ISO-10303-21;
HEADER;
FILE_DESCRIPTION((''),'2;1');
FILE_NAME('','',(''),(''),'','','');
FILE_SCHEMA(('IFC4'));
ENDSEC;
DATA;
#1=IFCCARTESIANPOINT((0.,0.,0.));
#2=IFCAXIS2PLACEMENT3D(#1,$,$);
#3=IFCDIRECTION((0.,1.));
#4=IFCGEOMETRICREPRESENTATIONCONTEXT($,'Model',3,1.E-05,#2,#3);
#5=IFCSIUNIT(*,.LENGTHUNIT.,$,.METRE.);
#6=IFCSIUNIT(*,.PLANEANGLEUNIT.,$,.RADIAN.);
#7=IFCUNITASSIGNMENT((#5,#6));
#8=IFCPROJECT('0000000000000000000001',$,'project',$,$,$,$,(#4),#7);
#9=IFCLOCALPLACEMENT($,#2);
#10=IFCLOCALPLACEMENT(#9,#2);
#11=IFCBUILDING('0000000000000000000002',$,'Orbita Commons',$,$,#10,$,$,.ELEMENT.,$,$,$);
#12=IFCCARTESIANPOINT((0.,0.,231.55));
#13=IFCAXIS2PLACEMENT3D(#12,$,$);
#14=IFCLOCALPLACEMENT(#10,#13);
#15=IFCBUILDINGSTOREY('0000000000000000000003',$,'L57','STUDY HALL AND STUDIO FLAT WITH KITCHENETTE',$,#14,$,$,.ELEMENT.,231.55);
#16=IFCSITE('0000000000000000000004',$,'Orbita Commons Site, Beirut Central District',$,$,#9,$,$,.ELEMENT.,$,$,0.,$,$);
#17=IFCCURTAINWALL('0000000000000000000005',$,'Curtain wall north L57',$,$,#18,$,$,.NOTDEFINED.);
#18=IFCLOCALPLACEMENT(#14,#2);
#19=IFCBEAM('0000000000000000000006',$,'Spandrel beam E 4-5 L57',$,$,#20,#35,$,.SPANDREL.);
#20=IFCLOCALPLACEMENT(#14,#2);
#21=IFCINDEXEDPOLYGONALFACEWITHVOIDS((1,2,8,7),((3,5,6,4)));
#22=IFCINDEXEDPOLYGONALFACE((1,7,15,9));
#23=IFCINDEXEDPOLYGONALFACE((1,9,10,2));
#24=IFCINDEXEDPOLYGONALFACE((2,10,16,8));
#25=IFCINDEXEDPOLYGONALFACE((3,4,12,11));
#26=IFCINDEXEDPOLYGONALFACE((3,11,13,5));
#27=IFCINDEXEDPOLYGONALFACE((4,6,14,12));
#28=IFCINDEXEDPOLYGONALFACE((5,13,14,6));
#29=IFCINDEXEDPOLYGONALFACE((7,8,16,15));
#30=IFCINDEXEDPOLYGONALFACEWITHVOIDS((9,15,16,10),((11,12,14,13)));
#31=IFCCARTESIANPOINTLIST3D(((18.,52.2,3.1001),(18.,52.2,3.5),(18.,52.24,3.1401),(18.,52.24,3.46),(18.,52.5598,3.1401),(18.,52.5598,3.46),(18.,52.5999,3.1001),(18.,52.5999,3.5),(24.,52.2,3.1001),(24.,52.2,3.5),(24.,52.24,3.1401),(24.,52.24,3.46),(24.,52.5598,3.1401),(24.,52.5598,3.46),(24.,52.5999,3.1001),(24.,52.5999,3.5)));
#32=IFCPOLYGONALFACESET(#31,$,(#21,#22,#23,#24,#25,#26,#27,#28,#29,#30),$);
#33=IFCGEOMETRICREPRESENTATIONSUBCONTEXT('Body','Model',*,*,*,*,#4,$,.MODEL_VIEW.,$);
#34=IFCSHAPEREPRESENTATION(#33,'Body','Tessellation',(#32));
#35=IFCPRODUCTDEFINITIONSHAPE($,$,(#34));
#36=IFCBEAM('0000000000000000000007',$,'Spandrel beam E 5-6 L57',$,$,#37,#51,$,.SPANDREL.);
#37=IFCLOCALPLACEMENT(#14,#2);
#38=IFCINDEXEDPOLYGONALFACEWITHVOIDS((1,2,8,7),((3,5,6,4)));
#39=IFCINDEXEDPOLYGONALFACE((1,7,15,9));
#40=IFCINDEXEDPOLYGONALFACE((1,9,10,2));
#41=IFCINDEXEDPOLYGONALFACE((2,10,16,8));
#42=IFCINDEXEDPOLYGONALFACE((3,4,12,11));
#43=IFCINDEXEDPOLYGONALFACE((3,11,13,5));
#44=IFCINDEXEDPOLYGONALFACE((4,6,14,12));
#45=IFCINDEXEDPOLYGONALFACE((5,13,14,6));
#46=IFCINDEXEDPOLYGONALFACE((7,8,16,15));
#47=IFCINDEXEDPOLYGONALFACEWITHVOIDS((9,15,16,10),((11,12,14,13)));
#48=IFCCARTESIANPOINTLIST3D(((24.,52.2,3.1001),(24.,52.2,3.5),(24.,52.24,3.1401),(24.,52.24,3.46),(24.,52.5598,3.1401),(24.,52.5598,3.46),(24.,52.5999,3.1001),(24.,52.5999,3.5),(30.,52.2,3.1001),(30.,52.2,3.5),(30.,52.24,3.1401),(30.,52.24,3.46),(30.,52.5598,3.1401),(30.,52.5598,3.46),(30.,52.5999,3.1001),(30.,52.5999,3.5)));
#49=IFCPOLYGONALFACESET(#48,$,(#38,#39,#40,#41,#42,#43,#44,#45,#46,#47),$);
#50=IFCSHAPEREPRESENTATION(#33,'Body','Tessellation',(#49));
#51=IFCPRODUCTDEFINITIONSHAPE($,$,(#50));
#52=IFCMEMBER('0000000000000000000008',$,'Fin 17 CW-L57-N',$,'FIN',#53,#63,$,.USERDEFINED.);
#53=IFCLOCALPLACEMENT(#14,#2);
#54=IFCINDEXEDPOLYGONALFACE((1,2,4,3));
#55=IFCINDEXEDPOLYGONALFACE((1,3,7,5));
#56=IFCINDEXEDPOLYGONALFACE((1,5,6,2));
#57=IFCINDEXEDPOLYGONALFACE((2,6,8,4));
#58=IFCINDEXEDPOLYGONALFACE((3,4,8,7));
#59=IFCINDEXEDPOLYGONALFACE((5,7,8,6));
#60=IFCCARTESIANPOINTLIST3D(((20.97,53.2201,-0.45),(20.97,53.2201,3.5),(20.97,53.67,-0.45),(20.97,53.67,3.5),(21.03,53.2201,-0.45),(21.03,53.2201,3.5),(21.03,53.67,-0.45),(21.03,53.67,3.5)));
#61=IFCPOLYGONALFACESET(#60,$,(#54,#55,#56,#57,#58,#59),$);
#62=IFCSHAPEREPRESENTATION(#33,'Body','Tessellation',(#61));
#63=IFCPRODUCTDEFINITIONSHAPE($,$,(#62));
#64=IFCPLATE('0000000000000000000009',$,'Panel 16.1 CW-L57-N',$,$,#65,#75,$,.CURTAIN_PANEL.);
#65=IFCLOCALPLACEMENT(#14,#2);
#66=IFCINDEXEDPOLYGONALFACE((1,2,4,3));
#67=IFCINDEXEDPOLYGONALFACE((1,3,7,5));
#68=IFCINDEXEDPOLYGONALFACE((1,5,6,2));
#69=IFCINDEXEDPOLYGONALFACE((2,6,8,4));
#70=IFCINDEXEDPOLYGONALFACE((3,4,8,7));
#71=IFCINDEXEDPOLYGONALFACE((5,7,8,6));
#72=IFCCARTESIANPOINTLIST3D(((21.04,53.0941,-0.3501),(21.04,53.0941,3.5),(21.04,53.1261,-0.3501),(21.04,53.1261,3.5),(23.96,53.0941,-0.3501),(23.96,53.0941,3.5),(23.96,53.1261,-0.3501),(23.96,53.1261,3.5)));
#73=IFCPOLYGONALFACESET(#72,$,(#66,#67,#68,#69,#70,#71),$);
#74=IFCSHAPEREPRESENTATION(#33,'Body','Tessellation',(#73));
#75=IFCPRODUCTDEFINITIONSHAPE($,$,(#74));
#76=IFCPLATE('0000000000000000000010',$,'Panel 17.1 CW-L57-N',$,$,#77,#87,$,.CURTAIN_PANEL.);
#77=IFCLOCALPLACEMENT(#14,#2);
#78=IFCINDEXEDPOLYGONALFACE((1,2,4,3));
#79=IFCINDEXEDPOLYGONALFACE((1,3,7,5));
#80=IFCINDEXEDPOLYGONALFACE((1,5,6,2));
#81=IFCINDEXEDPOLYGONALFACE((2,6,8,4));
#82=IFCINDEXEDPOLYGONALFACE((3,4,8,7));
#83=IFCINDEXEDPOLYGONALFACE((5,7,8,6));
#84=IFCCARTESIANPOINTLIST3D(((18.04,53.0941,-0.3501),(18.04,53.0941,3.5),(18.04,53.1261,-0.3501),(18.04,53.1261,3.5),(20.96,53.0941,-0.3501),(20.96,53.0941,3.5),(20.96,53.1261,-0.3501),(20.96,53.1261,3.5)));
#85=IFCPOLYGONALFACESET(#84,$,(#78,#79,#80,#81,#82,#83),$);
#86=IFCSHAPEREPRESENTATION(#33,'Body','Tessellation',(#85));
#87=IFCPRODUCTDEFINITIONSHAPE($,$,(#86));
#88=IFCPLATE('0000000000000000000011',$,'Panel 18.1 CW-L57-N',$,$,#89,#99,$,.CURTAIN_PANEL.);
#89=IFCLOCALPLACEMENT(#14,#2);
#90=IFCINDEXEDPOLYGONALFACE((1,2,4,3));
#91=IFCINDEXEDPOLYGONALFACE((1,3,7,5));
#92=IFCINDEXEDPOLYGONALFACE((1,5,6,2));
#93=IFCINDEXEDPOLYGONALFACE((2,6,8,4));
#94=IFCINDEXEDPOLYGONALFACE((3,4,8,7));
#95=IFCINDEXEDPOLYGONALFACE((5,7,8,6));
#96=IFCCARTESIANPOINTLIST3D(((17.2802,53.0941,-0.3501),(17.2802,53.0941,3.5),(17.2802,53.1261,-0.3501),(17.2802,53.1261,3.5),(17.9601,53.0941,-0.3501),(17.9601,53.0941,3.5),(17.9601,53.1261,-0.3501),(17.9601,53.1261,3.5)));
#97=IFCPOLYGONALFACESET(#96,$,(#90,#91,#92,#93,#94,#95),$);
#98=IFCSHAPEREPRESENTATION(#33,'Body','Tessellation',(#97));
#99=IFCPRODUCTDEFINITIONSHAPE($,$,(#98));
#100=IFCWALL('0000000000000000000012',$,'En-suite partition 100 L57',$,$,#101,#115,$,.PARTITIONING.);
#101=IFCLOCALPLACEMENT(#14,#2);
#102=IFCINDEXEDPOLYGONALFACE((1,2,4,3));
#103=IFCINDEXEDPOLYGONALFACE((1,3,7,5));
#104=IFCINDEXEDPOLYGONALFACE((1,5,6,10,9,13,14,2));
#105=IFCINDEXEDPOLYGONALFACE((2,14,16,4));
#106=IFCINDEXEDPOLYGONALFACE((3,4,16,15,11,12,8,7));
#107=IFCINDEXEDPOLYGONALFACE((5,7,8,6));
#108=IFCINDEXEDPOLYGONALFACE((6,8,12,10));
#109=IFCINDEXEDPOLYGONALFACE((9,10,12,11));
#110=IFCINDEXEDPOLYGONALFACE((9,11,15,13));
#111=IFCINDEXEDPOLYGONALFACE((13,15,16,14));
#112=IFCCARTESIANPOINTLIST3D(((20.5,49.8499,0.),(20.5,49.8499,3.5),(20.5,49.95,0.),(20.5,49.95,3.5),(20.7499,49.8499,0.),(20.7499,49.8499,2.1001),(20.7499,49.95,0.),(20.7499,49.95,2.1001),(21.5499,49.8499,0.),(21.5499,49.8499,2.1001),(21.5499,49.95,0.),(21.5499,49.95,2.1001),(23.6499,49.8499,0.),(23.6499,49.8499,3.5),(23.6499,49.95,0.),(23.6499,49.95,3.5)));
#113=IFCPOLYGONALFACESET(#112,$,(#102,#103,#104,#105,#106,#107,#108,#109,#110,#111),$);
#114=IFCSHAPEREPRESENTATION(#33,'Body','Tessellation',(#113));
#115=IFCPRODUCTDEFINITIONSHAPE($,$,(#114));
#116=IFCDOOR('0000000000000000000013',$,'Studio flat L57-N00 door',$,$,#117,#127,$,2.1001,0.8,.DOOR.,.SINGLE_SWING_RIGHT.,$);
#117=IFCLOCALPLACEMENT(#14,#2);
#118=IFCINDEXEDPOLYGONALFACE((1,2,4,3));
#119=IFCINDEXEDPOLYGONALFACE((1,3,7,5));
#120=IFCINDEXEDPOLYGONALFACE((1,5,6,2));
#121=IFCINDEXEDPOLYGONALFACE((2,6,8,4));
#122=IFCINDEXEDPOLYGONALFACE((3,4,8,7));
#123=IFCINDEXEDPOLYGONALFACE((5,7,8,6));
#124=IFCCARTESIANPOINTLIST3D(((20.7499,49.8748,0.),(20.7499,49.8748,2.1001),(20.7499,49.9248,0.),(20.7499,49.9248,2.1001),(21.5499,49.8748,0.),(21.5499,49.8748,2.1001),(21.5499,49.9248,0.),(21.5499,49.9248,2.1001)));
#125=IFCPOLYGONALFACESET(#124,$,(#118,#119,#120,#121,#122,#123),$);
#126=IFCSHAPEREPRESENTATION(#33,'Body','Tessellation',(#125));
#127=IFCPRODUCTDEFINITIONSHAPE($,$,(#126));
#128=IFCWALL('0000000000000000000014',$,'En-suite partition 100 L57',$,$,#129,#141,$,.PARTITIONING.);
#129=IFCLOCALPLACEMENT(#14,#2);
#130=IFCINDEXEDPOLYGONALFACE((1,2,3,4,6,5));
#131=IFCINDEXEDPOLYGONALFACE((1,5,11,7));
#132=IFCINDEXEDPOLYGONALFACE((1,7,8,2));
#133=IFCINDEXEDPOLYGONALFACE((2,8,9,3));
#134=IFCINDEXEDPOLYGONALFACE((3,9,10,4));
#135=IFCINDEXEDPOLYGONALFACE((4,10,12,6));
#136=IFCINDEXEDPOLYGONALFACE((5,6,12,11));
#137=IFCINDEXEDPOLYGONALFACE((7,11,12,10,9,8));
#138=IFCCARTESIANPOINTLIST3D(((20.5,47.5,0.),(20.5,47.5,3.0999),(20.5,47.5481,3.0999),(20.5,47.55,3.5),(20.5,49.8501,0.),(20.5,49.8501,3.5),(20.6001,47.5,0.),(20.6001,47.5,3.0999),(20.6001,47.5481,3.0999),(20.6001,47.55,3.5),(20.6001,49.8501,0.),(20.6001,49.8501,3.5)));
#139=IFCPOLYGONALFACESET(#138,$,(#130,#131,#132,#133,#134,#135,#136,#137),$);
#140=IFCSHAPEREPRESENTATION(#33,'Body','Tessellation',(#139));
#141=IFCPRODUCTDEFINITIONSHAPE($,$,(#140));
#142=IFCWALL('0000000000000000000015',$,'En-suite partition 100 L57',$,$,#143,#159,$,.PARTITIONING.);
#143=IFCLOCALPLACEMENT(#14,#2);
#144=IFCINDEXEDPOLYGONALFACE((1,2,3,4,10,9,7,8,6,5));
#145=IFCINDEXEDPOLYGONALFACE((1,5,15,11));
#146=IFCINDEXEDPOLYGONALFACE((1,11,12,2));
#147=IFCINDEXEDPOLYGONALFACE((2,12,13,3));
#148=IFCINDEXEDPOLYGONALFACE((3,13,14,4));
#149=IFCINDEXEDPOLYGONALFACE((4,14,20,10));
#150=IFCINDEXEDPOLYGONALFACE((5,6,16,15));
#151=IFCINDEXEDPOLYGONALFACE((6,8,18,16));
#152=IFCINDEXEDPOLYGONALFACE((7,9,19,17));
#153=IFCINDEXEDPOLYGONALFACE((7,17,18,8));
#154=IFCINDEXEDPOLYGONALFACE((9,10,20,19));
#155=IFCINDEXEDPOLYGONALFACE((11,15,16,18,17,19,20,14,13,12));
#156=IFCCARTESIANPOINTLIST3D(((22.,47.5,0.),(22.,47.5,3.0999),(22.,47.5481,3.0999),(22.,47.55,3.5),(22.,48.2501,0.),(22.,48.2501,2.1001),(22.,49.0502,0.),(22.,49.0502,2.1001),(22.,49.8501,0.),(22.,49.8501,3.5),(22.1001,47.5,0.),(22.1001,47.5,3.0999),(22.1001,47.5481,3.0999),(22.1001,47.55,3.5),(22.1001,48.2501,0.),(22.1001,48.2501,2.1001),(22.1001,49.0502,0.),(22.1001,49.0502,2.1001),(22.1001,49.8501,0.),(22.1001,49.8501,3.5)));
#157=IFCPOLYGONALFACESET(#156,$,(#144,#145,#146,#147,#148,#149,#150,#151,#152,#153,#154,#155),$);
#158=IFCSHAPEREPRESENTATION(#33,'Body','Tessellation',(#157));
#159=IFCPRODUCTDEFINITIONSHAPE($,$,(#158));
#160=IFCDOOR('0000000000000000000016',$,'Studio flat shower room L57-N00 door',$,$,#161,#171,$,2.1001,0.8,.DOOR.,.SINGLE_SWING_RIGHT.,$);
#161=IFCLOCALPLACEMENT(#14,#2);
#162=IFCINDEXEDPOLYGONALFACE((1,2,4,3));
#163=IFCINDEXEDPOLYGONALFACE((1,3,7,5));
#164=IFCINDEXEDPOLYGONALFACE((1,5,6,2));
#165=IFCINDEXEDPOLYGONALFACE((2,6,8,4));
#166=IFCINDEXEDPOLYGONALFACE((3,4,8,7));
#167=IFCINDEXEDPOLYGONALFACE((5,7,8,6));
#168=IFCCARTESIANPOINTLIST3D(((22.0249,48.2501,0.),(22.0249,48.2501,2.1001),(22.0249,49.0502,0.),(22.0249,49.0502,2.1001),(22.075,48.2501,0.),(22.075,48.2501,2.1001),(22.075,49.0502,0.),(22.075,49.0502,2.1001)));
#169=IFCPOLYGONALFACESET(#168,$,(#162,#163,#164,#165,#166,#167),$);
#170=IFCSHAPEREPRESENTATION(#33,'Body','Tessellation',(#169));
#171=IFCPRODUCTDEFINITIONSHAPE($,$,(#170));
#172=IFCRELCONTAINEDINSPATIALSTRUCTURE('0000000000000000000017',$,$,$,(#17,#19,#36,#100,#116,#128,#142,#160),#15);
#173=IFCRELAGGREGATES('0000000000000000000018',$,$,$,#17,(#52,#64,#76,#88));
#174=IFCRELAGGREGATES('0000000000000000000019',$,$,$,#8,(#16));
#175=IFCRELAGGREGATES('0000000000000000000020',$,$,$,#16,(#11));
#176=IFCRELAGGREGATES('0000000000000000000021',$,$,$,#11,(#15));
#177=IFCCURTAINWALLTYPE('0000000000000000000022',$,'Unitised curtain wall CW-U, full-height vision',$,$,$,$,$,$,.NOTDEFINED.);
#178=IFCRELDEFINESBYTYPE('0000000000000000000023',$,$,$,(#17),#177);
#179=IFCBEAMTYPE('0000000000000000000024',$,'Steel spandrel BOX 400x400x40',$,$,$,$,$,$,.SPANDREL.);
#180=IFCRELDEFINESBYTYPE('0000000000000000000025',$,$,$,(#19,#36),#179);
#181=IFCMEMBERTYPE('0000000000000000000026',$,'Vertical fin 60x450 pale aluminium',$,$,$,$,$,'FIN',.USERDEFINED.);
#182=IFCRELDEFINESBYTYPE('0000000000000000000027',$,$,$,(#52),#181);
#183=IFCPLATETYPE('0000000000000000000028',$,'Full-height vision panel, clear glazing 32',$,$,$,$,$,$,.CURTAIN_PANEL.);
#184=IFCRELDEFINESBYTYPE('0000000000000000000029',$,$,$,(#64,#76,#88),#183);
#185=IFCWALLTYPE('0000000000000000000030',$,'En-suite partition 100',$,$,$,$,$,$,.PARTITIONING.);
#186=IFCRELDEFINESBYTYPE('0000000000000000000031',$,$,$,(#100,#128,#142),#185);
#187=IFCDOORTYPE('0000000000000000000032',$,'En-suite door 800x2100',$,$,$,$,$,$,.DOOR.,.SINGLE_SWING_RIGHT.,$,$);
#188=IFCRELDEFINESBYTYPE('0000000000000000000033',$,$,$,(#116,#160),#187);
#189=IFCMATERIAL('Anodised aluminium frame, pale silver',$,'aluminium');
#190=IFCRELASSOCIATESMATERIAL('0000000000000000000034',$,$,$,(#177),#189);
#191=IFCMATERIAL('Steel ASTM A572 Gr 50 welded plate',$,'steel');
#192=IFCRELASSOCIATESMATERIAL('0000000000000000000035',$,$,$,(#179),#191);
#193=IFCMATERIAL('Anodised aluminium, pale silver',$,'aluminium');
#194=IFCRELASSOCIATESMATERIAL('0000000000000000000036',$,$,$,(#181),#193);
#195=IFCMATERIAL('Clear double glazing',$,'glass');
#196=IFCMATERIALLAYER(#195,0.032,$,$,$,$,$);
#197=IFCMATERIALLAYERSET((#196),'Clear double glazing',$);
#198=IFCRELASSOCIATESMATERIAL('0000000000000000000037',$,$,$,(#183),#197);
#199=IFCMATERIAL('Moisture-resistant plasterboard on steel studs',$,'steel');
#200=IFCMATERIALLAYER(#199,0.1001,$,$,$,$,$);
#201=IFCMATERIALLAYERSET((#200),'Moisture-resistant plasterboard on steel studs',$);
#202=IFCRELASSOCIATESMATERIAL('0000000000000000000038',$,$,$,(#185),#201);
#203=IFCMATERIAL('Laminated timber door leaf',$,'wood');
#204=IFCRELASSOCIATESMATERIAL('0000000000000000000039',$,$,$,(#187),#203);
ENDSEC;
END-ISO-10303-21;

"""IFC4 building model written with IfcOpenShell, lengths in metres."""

from ifc_helpers import new_model, si_unit, direction, frame, frame_2d, origin, origin_2d, place, context, subcontext, project, spatial, polyline, rectangle, hollow_rectangle, outline, extrude, material, layer, layer_set, material_profile, profile_set, type_object, element, fill, aggregate, save


model = new_model("IFC4")

# Units and contexts
model_context = context("Model", 3, precision=1e-05, world=origin(), true_north=direction((0.0, 1.0)))
body_context = subcontext(model_context, "Body", "Model", "MODEL_VIEW")
ifc_project = project(units=[si_unit("LENGTHUNIT", "METRE"), si_unit("PLANEANGLEUNIT", "RADIAN")], contexts=[model_context])

# Site, building, storey
site_placement = place(None, origin())
site = spatial("IfcSite", under=ifc_project, at=site_placement, Name="Orbita Commons Site, Beirut Central District", CompositionType="ELEMENT", RefElevation=0.0)
building_placement = place(site_placement, origin())
building = spatial("IfcBuilding", under=site, at=building_placement, Name="Orbita Commons", CompositionType="ELEMENT")
storey_placement = place(building_placement, frame((0.0, 0.0, 231.55)))
storey = spatial("IfcBuildingStorey", under=building, at=storey_placement, Name="L57", Description="STUDY HALL AND STUDIO FLAT WITH KITCHENETTE", CompositionType="ELEMENT", Elevation=231.55)

# Curtain wall
ifc_material_1 = material(Name="Anodised aluminium frame, pale silver", Category="aluminium")
curtain_wall_type = type_object("IfcCurtainWallType", Name="Unitised curtain wall CW-U, full-height vision", PredefinedType="NOTDEFINED", material=ifc_material_1)
curtain_wall_placement = place(storey_placement, origin())
curtain_wall = element("IfcCurtainWall", 1, at=curtain_wall_placement, inside=storey, type_object=curtain_wall_type, Name="Curtain wall north L57", PredefinedType="NOTDEFINED")

# Beams
ifc_material_2 = material(Name="Steel ASTM A572 Gr 50 welded plate", Category="steel")
ifc_material_profile_1 = material_profile(ifc_material_2, hollow_rectangle(XDim=0.3999, YDim=0.3999, WallThickness=0.04, at=origin_2d()), Name="BOX 400x400x40")
ifc_profile_set_1 = profile_set([ifc_material_profile_1], Name="Steel ASTM A572 Gr 50 welded plate")
beam_type_1 = type_object("IfcBeamType", Name="Steel spandrel BOX 400x400x40", PredefinedType="SPANDREL", material=ifc_profile_set_1)
for number, where, z_axis, x_axis, name in (
    (2, (18.0, 52.3999, 3.3), (1.0, 0.0, 0.0), (0.0, 1.0, 0.0), "Spandrel beam E 4-5 L57"),
    (3, (24.0, 52.3999, 3.3), (1.0, 0.0, 0.0), (0.0, 1.0, 0.0), "Spandrel beam E 5-6 L57"),
):
    element("IfcBeam", number, at=place(storey_placement, frame(where, z_axis=z_axis, x_axis=x_axis)), inside=storey, type_object=beam_type_1, Name=name, PredefinedType="SPANDREL", context=body_context, shape_type="SweptSolid", body=[
        extrude(hollow_rectangle(XDim=0.3999, YDim=0.3999, WallThickness=0.04, at=origin_2d()), origin(), (0.0, 0.0, 1.0), 6.0),
    ])

# Member
ifc_material_3 = material(Name="Anodised aluminium, pale silver", Category="aluminium")
ifc_material_profile_2 = material_profile(ifc_material_3, rectangle(XDim=0.0601, YDim=0.45, at=origin_2d()), Name="FIN 60x450")
ifc_profile_set_2 = profile_set([ifc_material_profile_2], Name="Anodised aluminium, pale silver")
member_type_1 = type_object("IfcMemberType", Name="Vertical fin 60x450 pale aluminium", ElementType="FIN", PredefinedType="USERDEFINED", material=ifc_profile_set_2)
member_1_placement = place(storey_placement, frame((21.0, 53.4451, -0.45), z_axis=(0.0, 0.0, 1.0), x_axis=(-1.0, 0.0, 0.0)))
member_1 = element("IfcMember", 4, at=member_1_placement, type_object=member_type_1, Name="Fin 17 CW-L57-N", ObjectType="FIN", PredefinedType="USERDEFINED", context=body_context, shape_type="SweptSolid", body=[
    extrude(rectangle(XDim=0.0601, YDim=0.45, at=origin_2d()), origin(), (0.0, 0.0, 1.0), 3.95),
])

# Plates
ifc_material_4 = material(Name="Clear double glazing", Category="glass")
ifc_layer_1 = layer(ifc_material_4, 0.032)
ifc_layer_set_1 = layer_set([ifc_layer_1], Name="Clear double glazing")
plate_type = type_object("IfcPlateType", Name="Full-height vision panel, clear glazing 32", PredefinedType="CURTAIN_PANEL", material=ifc_layer_set_1)
plate_1_placement = place(storey_placement, frame((22.5, 53.1101, -0.3501), z_axis=(0.0, 0.0, 1.0), x_axis=(-1.0, 0.0, 0.0)))
plate_1 = element("IfcPlate", 5, at=plate_1_placement, type_object=plate_type, Name="Panel 16.1 CW-L57-N", PredefinedType="CURTAIN_PANEL", context=body_context, shape_type="SweptSolid", body=[
    extrude(rectangle(XDim=2.9199, YDim=0.032, at=origin_2d()), origin(), (0.0, 0.0, 1.0), 3.8501),
])
plate_2_placement = place(storey_placement, frame((19.5, 53.1101, -0.3501), z_axis=(0.0, 0.0, 1.0), x_axis=(-1.0, 0.0, 0.0)))
plate_2 = element("IfcPlate", 6, at=plate_2_placement, type_object=plate_type, Name="Panel 17.1 CW-L57-N", PredefinedType="CURTAIN_PANEL", context=body_context, shape_type="SweptSolid", body=[
    extrude(rectangle(XDim=2.9199, YDim=0.032, at=origin_2d()), origin(), (0.0, 0.0, 1.0), 3.8501),
])
plate_3_placement = place(storey_placement, frame((17.6201, 53.1101, -0.3501), z_axis=(0.0, 0.0, 1.0), x_axis=(-1.0, 0.0, 0.0)))
plate_3 = element("IfcPlate", 7, at=plate_3_placement, type_object=plate_type, Name="Panel 18.1 CW-L57-N", PredefinedType="CURTAIN_PANEL", context=body_context, shape_type="SweptSolid", body=[
    extrude(rectangle(XDim=0.6799, YDim=0.032, at=origin_2d()), origin(), (0.0, 0.0, 1.0), 3.8501),
])
aggregate(curtain_wall, [member_1, plate_1, plate_2, plate_3])

# Wall, opening, door
ifc_material_5 = material(Name="Moisture-resistant plasterboard on steel studs", Category="steel")
ifc_layer_2 = layer(ifc_material_5, 0.1001)
ifc_layer_set_2 = layer_set([ifc_layer_2], Name="Moisture-resistant plasterboard on steel studs")
wall_type_1 = type_object("IfcWallType", Name="En-suite partition 100", PredefinedType="PARTITIONING", material=ifc_layer_set_2)
wall_1_placement = place(storey_placement, frame((20.5, 49.8999, 0.0), z_axis=(0.0, 0.0, 1.0), x_axis=(1.0, 0.0, 0.0)))
wall_1 = element("IfcWall", 8, at=wall_1_placement, inside=storey, type_object=wall_type_1, Name="En-suite partition 100 L57", PredefinedType="PARTITIONING", context=body_context, shape_type="SweptSolid", body=[
    extrude(rectangle(XDim=3.1499, YDim=0.1001, at=frame_2d((1.575, 0.0))), origin(), (0.0, 0.0, 1.0), 3.5),
])
opening_1_placement = place(wall_1_placement, frame((0.25, 0.0, 0.0)))
opening_1 = element("IfcOpeningElement", 9, at=opening_1_placement, cuts=wall_1, PredefinedType="OPENING", context=body_context, shape_type="SweptSolid", body=[
    extrude(rectangle(XDim=0.8, YDim=2.1001, at=frame_2d((0.3999, 1.05))), frame((0.0, 0.0601, 0.0), z_axis=(0.0, -1.0, 0.0), x_axis=(1.0, 0.0, 0.0)), (0.0, 0.0, 1.0), 0.1201),
])
ifc_material_6 = material(Name="Laminated timber door leaf", Category="wood")
door_type = type_object("IfcDoorType", Name="En-suite door 800x2100", OperationType="SINGLE_SWING_RIGHT", PredefinedType="DOOR", material=ifc_material_6)
door_1_placement = place(opening_1_placement, origin())
door_1 = element("IfcDoor", 10, at=door_1_placement, inside=storey, type_object=door_type, Name="Studio flat L57-N00 door", OperationType="SINGLE_SWING_RIGHT", OverallHeight=2.1001, OverallWidth=0.8, PredefinedType="DOOR", context=body_context, shape_type="SweptSolid", body=[
    extrude(rectangle(XDim=0.8, YDim=2.1001, at=frame_2d((0.3999, 1.05))), frame((0.0, 0.0249, 0.0), z_axis=(0.0, -1.0, 0.0), x_axis=(1.0, 0.0, 0.0)), (0.0, 0.0, 1.0), 0.05),
])
fill(opening_1, door_1)

# Wall
wall_2_placement = place(storey_placement, frame((20.55, 49.8501, 0.0), z_axis=(0.0, 0.0, 1.0), x_axis=(0.0, -1.0, 0.0)))
element("IfcWall", 11, at=wall_2_placement, inside=storey, type_object=wall_type_1, Name="En-suite partition 100 L57", PredefinedType="PARTITIONING", context=body_context, shape_type="SweptSolid", body=[
    extrude(outline(polyline([(0.0, 0.0), (2.3501, 0.0), (2.3501, 3.0999), (2.302, 3.0999), (2.3, 3.5), (0.0, 3.5), (0.0, 0.0)])), frame((0.0, 0.05, 0.0), z_axis=(0.0, -1.0, 0.0), x_axis=(1.0, 0.0, 0.0)), (0.0, 0.0, 1.0), 0.1001),
])

# Wall, opening, door
wall_3_placement = place(storey_placement, frame((22.05, 49.8501, 0.0), z_axis=(0.0, 0.0, 1.0), x_axis=(0.0, -1.0, 0.0)))
wall_3 = element("IfcWall", 12, at=wall_3_placement, inside=storey, type_object=wall_type_1, Name="En-suite partition 100 L57", PredefinedType="PARTITIONING", context=body_context, shape_type="SweptSolid", body=[
    extrude(outline(polyline([(0.0, 0.0), (2.3501, 0.0), (2.3501, 3.0999), (2.302, 3.0999), (2.3, 3.5), (0.0, 3.5), (0.0, 0.0)])), frame((0.0, 0.05, 0.0), z_axis=(0.0, -1.0, 0.0), x_axis=(1.0, 0.0, 0.0)), (0.0, 0.0, 1.0), 0.1001),
])
opening_2_placement = place(wall_3_placement, frame((0.8, 0.0, 0.0)))
opening_2 = element("IfcOpeningElement", 13, at=opening_2_placement, cuts=wall_3, PredefinedType="OPENING", context=body_context, shape_type="SweptSolid", body=[
    extrude(rectangle(XDim=0.8, YDim=2.1001, at=frame_2d((0.3999, 1.05))), frame((0.0, 0.0601, 0.0), z_axis=(0.0, -1.0, 0.0), x_axis=(1.0, 0.0, 0.0)), (0.0, 0.0, 1.0), 0.1201),
])
door_2_placement = place(opening_2_placement, origin())
door_2 = element("IfcDoor", 14, at=door_2_placement, inside=storey, type_object=door_type, Name="Studio flat shower room L57-N00 door", OperationType="SINGLE_SWING_RIGHT", OverallHeight=2.1001, OverallWidth=0.8, PredefinedType="DOOR", context=body_context, shape_type="SweptSolid", body=[
    extrude(rectangle(XDim=0.8, YDim=2.1001, at=frame_2d((0.3999, 1.05))), frame((0.0, 0.0249, 0.0), z_axis=(0.0, -1.0, 0.0), x_axis=(1.0, 0.0, 0.0)), (0.0, 0.0, 1.0), 0.05),
])
fill(opening_2, door_2)

save(model, "model.ifc")
